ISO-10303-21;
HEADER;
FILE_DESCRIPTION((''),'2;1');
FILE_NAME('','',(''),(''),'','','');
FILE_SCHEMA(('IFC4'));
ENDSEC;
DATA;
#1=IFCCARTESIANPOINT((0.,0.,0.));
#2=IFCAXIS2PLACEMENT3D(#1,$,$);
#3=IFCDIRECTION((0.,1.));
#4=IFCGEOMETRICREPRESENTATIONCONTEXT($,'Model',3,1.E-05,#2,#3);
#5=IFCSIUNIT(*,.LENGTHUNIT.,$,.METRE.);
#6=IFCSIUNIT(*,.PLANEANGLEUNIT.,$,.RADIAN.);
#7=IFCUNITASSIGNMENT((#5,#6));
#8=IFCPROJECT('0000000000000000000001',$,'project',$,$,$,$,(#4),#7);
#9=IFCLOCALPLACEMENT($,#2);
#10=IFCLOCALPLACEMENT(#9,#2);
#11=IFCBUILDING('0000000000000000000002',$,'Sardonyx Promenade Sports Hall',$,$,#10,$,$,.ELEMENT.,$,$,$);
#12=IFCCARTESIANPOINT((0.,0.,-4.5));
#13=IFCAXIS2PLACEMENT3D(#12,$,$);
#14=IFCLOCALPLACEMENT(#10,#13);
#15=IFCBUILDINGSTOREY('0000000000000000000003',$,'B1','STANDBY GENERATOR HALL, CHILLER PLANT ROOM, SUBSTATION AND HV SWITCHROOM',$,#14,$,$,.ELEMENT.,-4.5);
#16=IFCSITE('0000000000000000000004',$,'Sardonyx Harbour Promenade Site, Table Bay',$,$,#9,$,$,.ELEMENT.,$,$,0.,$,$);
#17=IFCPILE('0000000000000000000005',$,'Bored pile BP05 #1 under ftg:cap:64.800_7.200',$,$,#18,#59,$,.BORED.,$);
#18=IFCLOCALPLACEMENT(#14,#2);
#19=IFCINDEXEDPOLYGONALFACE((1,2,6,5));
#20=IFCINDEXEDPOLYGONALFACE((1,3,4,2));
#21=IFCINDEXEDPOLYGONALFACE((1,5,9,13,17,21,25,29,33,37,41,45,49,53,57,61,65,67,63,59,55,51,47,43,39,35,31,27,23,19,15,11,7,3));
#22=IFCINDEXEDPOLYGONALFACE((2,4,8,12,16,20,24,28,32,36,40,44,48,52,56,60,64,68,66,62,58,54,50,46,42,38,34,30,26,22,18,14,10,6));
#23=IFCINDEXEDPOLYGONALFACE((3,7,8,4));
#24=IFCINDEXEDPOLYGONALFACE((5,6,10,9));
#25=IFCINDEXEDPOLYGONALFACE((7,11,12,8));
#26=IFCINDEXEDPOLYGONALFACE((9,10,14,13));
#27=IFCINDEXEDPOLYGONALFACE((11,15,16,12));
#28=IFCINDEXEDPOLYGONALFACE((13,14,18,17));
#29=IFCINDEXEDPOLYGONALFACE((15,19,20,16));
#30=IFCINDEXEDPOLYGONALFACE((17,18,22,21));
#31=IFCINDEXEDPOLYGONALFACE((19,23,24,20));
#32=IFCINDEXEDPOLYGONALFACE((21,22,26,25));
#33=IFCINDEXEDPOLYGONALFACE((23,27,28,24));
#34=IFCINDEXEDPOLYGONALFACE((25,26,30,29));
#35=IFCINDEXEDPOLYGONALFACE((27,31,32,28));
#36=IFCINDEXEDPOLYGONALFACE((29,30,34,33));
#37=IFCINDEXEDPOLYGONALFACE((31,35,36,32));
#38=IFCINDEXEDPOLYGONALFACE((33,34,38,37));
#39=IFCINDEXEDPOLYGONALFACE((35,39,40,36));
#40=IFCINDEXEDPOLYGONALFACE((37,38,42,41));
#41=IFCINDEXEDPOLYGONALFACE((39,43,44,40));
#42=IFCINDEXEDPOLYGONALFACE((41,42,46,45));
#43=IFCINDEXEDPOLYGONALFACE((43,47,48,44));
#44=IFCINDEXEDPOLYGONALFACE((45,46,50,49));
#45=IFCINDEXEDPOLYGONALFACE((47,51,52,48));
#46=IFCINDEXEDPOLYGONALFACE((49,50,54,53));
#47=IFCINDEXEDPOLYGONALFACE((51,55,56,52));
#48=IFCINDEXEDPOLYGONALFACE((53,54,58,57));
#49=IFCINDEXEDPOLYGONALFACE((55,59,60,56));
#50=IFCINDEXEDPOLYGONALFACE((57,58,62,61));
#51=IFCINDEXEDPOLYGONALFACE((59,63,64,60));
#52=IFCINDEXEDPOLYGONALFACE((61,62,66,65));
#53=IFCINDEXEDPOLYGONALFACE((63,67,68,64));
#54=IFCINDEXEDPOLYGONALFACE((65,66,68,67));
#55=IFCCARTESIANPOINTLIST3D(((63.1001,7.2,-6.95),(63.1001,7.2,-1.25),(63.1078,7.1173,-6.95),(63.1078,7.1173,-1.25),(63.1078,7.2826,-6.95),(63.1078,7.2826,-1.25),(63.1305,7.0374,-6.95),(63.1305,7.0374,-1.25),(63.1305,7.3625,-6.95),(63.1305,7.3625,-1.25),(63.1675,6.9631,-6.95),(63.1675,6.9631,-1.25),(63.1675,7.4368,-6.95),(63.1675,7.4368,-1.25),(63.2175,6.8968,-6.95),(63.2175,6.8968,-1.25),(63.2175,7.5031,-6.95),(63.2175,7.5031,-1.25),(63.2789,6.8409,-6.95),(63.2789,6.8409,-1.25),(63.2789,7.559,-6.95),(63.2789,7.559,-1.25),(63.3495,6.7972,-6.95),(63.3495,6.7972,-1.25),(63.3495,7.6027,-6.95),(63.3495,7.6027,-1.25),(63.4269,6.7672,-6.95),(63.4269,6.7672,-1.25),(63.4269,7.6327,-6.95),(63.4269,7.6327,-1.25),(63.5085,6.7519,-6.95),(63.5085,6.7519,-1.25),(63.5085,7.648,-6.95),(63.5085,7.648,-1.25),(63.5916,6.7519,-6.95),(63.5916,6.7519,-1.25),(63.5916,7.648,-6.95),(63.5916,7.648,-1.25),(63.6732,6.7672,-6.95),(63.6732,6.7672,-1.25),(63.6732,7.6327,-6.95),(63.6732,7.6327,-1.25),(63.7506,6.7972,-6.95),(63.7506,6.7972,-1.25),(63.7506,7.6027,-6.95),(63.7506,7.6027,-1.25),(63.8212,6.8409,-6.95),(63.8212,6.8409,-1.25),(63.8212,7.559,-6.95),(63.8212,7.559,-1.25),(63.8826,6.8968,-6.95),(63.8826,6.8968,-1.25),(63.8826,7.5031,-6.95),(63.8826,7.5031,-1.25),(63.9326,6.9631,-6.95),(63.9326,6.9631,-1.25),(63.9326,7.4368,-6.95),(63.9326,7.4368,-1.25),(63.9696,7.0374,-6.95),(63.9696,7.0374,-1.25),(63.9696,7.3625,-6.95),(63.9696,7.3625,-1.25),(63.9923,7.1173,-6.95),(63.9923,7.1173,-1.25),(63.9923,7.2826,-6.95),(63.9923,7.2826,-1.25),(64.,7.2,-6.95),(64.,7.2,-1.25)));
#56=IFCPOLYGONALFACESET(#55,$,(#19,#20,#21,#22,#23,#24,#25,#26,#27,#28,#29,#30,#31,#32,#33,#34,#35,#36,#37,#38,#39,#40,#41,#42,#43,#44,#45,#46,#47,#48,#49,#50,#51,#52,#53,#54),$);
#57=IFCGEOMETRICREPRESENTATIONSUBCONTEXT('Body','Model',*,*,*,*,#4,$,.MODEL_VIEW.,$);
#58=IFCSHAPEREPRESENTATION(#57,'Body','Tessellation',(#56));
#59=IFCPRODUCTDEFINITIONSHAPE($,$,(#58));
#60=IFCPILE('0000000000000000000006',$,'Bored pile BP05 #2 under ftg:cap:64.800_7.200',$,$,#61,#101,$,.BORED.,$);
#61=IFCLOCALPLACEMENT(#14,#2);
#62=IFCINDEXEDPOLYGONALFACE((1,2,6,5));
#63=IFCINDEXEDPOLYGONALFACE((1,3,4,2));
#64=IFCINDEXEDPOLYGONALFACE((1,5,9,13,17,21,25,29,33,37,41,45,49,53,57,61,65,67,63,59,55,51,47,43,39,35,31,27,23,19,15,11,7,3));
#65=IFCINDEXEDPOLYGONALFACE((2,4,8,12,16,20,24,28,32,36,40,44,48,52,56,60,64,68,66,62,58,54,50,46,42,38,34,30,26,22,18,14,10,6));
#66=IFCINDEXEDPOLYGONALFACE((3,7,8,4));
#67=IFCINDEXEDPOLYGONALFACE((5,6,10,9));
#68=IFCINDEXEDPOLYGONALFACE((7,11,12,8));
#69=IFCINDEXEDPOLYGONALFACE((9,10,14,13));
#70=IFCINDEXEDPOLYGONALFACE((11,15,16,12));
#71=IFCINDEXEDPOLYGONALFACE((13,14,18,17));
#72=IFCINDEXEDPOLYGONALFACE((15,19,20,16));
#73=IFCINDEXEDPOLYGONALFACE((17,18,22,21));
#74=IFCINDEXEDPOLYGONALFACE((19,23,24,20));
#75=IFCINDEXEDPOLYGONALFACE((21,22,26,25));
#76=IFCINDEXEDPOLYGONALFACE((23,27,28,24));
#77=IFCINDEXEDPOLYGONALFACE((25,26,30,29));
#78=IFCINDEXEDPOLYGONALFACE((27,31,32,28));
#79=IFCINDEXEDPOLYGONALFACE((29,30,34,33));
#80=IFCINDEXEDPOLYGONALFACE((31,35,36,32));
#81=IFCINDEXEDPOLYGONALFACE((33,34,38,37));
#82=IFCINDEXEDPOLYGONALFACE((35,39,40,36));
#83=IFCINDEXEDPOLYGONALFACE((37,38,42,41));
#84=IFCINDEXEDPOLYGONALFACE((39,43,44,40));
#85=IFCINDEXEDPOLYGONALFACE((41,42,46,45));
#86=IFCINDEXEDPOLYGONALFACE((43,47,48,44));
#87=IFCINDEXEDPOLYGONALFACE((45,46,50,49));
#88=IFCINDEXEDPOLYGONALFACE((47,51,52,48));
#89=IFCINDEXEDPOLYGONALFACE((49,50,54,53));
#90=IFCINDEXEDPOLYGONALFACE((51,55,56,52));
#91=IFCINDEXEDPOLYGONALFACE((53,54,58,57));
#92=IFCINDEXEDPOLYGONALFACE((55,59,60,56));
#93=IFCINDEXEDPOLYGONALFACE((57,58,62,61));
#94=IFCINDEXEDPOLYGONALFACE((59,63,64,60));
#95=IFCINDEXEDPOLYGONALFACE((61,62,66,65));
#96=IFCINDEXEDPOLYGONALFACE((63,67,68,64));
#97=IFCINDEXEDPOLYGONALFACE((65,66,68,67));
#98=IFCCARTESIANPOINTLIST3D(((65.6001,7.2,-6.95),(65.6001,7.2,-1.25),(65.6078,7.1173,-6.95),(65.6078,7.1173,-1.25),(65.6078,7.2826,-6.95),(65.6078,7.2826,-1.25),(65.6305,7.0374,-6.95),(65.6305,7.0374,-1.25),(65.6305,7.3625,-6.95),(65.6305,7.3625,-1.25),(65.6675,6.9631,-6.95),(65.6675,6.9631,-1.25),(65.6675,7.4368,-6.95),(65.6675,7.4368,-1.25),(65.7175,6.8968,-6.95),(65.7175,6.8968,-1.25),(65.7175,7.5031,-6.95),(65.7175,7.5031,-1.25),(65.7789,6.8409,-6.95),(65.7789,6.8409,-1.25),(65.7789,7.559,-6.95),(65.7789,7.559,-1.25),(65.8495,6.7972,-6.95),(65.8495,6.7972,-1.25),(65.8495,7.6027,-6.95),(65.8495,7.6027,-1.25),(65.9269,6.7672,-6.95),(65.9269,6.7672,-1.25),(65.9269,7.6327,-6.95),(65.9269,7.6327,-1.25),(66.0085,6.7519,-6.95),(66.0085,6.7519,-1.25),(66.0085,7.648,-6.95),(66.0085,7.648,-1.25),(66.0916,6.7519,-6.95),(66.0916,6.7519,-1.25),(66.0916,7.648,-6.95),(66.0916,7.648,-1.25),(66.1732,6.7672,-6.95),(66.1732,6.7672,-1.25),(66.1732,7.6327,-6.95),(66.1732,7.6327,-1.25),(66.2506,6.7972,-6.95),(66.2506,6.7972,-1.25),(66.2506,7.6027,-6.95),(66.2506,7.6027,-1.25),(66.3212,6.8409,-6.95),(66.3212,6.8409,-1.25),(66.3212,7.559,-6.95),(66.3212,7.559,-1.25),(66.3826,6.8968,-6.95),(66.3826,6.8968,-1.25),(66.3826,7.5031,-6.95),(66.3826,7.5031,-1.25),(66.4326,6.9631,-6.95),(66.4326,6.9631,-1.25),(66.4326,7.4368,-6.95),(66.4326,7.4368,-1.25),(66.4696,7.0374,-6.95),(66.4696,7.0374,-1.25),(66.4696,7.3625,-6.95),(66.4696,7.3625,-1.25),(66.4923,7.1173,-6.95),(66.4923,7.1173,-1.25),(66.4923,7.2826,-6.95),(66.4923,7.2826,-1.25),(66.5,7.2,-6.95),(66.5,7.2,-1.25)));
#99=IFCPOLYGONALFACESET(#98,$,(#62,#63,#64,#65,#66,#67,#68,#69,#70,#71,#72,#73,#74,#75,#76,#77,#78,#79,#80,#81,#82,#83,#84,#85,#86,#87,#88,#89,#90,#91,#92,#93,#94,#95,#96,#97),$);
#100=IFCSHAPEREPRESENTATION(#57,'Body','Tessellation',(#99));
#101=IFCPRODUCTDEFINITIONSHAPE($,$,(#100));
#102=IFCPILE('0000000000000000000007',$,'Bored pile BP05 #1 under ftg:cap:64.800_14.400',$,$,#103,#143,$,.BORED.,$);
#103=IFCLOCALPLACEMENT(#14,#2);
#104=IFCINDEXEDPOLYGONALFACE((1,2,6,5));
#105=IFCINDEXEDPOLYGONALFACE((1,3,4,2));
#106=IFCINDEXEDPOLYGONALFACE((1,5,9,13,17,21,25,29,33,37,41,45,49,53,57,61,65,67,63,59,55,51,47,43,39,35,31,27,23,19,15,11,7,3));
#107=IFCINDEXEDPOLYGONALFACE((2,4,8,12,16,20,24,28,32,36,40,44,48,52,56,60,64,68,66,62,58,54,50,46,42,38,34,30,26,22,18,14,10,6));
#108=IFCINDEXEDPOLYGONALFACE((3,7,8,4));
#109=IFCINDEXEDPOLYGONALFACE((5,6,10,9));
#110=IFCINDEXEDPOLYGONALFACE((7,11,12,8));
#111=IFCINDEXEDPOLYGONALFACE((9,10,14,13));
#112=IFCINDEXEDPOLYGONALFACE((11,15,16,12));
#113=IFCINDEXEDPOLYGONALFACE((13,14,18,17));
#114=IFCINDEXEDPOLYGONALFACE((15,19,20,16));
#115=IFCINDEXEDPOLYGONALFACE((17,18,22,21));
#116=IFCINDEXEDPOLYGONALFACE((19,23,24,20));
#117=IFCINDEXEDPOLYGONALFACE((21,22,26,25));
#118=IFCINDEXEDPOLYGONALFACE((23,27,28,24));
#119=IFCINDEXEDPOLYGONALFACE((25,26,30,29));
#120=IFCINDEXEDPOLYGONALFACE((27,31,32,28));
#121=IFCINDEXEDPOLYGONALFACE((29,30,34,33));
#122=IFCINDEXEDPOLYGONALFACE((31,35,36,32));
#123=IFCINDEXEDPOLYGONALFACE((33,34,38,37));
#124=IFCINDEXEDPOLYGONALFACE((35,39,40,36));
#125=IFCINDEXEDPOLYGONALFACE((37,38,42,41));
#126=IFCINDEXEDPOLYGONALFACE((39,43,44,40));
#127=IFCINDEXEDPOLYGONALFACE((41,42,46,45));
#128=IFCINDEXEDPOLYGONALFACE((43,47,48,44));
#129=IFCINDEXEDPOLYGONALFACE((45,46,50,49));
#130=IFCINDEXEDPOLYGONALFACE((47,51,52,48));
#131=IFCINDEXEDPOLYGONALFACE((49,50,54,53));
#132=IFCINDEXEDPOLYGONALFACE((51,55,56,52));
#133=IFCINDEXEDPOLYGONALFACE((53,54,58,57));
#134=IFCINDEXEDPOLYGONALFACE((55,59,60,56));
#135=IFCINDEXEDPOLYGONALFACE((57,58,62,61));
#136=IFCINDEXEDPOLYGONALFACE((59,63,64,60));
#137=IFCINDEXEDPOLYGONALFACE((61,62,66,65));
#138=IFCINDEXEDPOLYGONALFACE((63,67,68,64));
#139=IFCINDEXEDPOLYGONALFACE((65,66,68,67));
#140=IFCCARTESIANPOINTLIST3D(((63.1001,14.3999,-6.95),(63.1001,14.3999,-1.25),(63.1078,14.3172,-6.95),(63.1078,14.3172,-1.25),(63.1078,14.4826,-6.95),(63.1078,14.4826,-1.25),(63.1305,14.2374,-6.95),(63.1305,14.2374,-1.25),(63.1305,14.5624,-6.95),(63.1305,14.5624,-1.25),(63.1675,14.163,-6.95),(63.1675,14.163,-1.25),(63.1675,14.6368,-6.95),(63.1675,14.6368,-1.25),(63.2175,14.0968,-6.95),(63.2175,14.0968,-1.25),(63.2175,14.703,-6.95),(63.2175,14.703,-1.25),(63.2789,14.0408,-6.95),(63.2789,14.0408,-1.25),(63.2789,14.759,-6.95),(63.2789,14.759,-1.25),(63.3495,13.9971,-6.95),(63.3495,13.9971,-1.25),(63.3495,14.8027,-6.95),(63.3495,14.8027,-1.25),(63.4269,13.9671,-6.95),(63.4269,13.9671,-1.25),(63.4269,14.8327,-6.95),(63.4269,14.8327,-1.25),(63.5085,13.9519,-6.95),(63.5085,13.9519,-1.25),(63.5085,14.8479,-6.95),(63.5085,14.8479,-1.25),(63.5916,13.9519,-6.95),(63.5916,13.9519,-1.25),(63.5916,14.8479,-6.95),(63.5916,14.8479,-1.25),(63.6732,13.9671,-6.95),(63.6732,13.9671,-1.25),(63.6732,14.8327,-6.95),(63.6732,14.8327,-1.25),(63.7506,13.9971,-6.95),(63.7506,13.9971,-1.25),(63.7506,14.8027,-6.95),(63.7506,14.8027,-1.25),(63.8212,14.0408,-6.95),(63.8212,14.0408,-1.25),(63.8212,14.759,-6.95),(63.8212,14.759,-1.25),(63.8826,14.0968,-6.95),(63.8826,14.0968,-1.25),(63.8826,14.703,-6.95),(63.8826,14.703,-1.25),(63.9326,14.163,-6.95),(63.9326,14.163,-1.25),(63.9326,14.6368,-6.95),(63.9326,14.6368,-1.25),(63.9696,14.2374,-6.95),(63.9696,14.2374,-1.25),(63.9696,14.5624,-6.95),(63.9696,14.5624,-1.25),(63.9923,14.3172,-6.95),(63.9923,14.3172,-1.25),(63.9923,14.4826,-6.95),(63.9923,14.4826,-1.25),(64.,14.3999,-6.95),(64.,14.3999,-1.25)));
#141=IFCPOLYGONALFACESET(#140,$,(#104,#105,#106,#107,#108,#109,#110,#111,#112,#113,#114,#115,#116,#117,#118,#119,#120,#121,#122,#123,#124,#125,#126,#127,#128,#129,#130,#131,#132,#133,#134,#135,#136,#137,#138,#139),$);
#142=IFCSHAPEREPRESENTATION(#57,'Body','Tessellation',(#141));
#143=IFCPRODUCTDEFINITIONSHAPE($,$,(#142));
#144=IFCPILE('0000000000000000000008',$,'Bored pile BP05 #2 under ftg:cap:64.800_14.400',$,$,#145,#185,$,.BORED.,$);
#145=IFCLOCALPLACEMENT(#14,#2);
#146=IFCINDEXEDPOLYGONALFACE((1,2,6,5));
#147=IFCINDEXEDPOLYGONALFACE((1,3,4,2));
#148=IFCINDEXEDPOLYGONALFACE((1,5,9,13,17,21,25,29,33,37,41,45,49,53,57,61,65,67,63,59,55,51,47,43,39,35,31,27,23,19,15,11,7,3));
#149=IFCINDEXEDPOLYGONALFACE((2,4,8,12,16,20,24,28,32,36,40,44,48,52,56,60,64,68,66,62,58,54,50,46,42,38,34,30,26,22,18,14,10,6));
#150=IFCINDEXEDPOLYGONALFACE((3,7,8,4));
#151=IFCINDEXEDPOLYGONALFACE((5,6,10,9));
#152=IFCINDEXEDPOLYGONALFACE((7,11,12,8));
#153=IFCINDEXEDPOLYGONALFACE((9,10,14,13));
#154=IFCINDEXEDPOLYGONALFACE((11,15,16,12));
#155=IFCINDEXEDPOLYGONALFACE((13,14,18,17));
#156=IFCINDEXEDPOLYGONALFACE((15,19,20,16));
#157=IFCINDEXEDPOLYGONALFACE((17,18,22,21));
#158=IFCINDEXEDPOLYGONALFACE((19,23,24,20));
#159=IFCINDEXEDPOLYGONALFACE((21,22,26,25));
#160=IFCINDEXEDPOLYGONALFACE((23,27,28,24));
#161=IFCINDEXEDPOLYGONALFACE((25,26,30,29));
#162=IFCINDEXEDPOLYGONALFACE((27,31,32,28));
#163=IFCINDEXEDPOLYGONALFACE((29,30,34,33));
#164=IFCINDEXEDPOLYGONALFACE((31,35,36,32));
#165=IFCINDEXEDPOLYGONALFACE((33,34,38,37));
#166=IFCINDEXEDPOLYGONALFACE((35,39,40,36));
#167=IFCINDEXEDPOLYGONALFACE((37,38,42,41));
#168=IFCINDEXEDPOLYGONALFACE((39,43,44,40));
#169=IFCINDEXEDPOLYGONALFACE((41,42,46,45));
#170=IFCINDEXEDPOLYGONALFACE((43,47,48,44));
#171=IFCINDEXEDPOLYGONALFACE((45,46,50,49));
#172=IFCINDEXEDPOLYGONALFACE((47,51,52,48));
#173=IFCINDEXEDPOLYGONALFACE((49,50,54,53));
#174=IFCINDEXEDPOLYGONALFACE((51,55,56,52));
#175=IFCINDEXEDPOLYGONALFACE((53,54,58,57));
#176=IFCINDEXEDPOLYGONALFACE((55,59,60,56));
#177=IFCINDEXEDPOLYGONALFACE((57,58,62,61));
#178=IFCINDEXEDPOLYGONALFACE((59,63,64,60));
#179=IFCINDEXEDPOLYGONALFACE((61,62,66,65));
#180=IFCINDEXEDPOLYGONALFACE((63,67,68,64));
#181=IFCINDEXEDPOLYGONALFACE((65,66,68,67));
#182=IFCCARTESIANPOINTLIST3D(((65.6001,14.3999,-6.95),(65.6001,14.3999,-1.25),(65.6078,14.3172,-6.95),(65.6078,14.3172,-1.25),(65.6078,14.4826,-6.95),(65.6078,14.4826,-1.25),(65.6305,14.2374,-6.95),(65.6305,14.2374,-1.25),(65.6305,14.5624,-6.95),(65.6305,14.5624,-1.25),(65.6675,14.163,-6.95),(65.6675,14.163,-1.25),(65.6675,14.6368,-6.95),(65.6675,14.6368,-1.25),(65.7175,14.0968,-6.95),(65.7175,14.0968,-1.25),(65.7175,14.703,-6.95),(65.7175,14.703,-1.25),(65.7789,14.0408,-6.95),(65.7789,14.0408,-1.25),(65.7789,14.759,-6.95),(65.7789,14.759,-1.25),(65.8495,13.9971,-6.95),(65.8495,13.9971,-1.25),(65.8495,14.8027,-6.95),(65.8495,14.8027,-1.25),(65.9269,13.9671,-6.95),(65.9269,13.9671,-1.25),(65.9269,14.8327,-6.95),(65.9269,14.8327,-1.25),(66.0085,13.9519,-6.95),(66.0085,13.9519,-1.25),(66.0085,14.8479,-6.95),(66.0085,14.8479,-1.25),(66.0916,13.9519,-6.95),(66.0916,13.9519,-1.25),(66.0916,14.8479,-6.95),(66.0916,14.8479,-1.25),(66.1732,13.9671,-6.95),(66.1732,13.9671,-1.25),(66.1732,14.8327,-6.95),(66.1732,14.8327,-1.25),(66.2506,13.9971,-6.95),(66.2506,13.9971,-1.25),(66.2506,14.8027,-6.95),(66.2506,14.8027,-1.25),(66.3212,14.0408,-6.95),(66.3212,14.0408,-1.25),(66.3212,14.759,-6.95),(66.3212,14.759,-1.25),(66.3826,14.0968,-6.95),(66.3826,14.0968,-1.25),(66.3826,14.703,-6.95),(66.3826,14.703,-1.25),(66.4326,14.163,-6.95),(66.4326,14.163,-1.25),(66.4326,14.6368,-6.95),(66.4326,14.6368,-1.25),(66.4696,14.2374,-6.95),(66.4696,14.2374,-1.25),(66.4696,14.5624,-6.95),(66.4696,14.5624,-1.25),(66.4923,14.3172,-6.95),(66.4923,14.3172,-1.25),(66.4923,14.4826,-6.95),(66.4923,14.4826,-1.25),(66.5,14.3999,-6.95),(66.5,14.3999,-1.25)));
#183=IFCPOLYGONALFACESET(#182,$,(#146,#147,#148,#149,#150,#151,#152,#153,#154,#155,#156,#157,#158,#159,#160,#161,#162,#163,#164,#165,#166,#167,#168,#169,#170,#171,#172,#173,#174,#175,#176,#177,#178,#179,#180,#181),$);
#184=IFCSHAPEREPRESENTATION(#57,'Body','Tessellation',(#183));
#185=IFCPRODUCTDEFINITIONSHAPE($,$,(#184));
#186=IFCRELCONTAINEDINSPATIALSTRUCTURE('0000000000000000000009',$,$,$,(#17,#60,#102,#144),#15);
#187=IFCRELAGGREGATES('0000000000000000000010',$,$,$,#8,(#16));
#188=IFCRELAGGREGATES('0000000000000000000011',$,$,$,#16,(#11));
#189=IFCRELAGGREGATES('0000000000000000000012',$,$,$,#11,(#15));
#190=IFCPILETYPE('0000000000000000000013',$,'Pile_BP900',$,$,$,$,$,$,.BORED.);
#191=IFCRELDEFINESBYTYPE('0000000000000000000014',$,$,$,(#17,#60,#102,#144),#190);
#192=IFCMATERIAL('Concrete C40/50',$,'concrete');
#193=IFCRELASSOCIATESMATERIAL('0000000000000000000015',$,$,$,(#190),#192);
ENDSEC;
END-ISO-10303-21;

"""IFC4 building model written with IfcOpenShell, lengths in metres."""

from ifc_helpers import new_model, si_unit, direction, frame, origin, origin_2d, place, context, subcontext, project, spatial, circle, extrude, material, material_profile, profile_set, type_object, element, save


model = new_model("IFC4")

# Units and contexts
model_context = context("Model", 3, precision=1e-05, world=origin(), true_north=direction((0.0, 1.0)))
body_context = subcontext(model_context, "Body", "Model", "MODEL_VIEW")
ifc_project = project(units=[si_unit("LENGTHUNIT", "METRE"), si_unit("PLANEANGLEUNIT", "RADIAN")], contexts=[model_context])

# Site, building, storey
site_placement = place(None, origin())
site = spatial("IfcSite", under=ifc_project, at=site_placement, Name="Sardonyx Harbour Promenade Site, Table Bay", CompositionType="ELEMENT", RefElevation=0.0)
building_placement = place(site_placement, origin())
building = spatial("IfcBuilding", under=site, at=building_placement, Name="Sardonyx Promenade Sports Hall", CompositionType="ELEMENT")
storey_placement = place(building_placement, frame((0.0, 0.0, -4.5)))
storey = spatial("IfcBuildingStorey", under=building, at=storey_placement, Name="B1", Description="STANDBY GENERATOR HALL, CHILLER PLANT ROOM, SUBSTATION AND HV SWITCHROOM", CompositionType="ELEMENT", Elevation=-4.5)

# Piles
ifc_material_1 = material(Name="Concrete C40/50", Category="concrete")
ifc_material_profile_1 = material_profile(ifc_material_1, circle(Radius=0.45, at=origin_2d()))
ifc_profile_set_1 = profile_set([ifc_material_profile_1], Name="Concrete C40/50")
pile_type_1 = type_object("IfcPileType", Name="Pile_BP900", PredefinedType="BORED", material=ifc_profile_set_1)
for number, where, z_axis, x_axis, name in (
    (1, (63.55, 7.2, -1.25), (0.0, 0.0, -1.0), (1.0, 0.0, 0.0), "Bored pile BP05 #1 under ftg:cap:64.800_7.200"),
    (2, (66.05, 7.2, -1.25), (0.0, 0.0, -1.0), (1.0, 0.0, 0.0), "Bored pile BP05 #2 under ftg:cap:64.800_7.200"),
    (3, (63.55, 14.3999, -1.25), (0.0, 0.0, -1.0), (1.0, 0.0, 0.0), "Bored pile BP05 #1 under ftg:cap:64.800_14.400"),
    (4, (66.05, 14.3999, -1.25), (0.0, 0.0, -1.0), (1.0, 0.0, 0.0), "Bored pile BP05 #2 under ftg:cap:64.800_14.400"),
):
    element("IfcPile", number, at=place(storey_placement, frame(where, z_axis=z_axis, x_axis=x_axis)), inside=storey, type_object=pile_type_1, Name=name, PredefinedType="BORED", context=body_context, shape_type="SweptSolid", body=[
        extrude(circle(Radius=0.45, at=origin_2d()), origin(), (0.0, 0.0, 1.0), 5.7),
    ])

save(model, "model.ifc")
